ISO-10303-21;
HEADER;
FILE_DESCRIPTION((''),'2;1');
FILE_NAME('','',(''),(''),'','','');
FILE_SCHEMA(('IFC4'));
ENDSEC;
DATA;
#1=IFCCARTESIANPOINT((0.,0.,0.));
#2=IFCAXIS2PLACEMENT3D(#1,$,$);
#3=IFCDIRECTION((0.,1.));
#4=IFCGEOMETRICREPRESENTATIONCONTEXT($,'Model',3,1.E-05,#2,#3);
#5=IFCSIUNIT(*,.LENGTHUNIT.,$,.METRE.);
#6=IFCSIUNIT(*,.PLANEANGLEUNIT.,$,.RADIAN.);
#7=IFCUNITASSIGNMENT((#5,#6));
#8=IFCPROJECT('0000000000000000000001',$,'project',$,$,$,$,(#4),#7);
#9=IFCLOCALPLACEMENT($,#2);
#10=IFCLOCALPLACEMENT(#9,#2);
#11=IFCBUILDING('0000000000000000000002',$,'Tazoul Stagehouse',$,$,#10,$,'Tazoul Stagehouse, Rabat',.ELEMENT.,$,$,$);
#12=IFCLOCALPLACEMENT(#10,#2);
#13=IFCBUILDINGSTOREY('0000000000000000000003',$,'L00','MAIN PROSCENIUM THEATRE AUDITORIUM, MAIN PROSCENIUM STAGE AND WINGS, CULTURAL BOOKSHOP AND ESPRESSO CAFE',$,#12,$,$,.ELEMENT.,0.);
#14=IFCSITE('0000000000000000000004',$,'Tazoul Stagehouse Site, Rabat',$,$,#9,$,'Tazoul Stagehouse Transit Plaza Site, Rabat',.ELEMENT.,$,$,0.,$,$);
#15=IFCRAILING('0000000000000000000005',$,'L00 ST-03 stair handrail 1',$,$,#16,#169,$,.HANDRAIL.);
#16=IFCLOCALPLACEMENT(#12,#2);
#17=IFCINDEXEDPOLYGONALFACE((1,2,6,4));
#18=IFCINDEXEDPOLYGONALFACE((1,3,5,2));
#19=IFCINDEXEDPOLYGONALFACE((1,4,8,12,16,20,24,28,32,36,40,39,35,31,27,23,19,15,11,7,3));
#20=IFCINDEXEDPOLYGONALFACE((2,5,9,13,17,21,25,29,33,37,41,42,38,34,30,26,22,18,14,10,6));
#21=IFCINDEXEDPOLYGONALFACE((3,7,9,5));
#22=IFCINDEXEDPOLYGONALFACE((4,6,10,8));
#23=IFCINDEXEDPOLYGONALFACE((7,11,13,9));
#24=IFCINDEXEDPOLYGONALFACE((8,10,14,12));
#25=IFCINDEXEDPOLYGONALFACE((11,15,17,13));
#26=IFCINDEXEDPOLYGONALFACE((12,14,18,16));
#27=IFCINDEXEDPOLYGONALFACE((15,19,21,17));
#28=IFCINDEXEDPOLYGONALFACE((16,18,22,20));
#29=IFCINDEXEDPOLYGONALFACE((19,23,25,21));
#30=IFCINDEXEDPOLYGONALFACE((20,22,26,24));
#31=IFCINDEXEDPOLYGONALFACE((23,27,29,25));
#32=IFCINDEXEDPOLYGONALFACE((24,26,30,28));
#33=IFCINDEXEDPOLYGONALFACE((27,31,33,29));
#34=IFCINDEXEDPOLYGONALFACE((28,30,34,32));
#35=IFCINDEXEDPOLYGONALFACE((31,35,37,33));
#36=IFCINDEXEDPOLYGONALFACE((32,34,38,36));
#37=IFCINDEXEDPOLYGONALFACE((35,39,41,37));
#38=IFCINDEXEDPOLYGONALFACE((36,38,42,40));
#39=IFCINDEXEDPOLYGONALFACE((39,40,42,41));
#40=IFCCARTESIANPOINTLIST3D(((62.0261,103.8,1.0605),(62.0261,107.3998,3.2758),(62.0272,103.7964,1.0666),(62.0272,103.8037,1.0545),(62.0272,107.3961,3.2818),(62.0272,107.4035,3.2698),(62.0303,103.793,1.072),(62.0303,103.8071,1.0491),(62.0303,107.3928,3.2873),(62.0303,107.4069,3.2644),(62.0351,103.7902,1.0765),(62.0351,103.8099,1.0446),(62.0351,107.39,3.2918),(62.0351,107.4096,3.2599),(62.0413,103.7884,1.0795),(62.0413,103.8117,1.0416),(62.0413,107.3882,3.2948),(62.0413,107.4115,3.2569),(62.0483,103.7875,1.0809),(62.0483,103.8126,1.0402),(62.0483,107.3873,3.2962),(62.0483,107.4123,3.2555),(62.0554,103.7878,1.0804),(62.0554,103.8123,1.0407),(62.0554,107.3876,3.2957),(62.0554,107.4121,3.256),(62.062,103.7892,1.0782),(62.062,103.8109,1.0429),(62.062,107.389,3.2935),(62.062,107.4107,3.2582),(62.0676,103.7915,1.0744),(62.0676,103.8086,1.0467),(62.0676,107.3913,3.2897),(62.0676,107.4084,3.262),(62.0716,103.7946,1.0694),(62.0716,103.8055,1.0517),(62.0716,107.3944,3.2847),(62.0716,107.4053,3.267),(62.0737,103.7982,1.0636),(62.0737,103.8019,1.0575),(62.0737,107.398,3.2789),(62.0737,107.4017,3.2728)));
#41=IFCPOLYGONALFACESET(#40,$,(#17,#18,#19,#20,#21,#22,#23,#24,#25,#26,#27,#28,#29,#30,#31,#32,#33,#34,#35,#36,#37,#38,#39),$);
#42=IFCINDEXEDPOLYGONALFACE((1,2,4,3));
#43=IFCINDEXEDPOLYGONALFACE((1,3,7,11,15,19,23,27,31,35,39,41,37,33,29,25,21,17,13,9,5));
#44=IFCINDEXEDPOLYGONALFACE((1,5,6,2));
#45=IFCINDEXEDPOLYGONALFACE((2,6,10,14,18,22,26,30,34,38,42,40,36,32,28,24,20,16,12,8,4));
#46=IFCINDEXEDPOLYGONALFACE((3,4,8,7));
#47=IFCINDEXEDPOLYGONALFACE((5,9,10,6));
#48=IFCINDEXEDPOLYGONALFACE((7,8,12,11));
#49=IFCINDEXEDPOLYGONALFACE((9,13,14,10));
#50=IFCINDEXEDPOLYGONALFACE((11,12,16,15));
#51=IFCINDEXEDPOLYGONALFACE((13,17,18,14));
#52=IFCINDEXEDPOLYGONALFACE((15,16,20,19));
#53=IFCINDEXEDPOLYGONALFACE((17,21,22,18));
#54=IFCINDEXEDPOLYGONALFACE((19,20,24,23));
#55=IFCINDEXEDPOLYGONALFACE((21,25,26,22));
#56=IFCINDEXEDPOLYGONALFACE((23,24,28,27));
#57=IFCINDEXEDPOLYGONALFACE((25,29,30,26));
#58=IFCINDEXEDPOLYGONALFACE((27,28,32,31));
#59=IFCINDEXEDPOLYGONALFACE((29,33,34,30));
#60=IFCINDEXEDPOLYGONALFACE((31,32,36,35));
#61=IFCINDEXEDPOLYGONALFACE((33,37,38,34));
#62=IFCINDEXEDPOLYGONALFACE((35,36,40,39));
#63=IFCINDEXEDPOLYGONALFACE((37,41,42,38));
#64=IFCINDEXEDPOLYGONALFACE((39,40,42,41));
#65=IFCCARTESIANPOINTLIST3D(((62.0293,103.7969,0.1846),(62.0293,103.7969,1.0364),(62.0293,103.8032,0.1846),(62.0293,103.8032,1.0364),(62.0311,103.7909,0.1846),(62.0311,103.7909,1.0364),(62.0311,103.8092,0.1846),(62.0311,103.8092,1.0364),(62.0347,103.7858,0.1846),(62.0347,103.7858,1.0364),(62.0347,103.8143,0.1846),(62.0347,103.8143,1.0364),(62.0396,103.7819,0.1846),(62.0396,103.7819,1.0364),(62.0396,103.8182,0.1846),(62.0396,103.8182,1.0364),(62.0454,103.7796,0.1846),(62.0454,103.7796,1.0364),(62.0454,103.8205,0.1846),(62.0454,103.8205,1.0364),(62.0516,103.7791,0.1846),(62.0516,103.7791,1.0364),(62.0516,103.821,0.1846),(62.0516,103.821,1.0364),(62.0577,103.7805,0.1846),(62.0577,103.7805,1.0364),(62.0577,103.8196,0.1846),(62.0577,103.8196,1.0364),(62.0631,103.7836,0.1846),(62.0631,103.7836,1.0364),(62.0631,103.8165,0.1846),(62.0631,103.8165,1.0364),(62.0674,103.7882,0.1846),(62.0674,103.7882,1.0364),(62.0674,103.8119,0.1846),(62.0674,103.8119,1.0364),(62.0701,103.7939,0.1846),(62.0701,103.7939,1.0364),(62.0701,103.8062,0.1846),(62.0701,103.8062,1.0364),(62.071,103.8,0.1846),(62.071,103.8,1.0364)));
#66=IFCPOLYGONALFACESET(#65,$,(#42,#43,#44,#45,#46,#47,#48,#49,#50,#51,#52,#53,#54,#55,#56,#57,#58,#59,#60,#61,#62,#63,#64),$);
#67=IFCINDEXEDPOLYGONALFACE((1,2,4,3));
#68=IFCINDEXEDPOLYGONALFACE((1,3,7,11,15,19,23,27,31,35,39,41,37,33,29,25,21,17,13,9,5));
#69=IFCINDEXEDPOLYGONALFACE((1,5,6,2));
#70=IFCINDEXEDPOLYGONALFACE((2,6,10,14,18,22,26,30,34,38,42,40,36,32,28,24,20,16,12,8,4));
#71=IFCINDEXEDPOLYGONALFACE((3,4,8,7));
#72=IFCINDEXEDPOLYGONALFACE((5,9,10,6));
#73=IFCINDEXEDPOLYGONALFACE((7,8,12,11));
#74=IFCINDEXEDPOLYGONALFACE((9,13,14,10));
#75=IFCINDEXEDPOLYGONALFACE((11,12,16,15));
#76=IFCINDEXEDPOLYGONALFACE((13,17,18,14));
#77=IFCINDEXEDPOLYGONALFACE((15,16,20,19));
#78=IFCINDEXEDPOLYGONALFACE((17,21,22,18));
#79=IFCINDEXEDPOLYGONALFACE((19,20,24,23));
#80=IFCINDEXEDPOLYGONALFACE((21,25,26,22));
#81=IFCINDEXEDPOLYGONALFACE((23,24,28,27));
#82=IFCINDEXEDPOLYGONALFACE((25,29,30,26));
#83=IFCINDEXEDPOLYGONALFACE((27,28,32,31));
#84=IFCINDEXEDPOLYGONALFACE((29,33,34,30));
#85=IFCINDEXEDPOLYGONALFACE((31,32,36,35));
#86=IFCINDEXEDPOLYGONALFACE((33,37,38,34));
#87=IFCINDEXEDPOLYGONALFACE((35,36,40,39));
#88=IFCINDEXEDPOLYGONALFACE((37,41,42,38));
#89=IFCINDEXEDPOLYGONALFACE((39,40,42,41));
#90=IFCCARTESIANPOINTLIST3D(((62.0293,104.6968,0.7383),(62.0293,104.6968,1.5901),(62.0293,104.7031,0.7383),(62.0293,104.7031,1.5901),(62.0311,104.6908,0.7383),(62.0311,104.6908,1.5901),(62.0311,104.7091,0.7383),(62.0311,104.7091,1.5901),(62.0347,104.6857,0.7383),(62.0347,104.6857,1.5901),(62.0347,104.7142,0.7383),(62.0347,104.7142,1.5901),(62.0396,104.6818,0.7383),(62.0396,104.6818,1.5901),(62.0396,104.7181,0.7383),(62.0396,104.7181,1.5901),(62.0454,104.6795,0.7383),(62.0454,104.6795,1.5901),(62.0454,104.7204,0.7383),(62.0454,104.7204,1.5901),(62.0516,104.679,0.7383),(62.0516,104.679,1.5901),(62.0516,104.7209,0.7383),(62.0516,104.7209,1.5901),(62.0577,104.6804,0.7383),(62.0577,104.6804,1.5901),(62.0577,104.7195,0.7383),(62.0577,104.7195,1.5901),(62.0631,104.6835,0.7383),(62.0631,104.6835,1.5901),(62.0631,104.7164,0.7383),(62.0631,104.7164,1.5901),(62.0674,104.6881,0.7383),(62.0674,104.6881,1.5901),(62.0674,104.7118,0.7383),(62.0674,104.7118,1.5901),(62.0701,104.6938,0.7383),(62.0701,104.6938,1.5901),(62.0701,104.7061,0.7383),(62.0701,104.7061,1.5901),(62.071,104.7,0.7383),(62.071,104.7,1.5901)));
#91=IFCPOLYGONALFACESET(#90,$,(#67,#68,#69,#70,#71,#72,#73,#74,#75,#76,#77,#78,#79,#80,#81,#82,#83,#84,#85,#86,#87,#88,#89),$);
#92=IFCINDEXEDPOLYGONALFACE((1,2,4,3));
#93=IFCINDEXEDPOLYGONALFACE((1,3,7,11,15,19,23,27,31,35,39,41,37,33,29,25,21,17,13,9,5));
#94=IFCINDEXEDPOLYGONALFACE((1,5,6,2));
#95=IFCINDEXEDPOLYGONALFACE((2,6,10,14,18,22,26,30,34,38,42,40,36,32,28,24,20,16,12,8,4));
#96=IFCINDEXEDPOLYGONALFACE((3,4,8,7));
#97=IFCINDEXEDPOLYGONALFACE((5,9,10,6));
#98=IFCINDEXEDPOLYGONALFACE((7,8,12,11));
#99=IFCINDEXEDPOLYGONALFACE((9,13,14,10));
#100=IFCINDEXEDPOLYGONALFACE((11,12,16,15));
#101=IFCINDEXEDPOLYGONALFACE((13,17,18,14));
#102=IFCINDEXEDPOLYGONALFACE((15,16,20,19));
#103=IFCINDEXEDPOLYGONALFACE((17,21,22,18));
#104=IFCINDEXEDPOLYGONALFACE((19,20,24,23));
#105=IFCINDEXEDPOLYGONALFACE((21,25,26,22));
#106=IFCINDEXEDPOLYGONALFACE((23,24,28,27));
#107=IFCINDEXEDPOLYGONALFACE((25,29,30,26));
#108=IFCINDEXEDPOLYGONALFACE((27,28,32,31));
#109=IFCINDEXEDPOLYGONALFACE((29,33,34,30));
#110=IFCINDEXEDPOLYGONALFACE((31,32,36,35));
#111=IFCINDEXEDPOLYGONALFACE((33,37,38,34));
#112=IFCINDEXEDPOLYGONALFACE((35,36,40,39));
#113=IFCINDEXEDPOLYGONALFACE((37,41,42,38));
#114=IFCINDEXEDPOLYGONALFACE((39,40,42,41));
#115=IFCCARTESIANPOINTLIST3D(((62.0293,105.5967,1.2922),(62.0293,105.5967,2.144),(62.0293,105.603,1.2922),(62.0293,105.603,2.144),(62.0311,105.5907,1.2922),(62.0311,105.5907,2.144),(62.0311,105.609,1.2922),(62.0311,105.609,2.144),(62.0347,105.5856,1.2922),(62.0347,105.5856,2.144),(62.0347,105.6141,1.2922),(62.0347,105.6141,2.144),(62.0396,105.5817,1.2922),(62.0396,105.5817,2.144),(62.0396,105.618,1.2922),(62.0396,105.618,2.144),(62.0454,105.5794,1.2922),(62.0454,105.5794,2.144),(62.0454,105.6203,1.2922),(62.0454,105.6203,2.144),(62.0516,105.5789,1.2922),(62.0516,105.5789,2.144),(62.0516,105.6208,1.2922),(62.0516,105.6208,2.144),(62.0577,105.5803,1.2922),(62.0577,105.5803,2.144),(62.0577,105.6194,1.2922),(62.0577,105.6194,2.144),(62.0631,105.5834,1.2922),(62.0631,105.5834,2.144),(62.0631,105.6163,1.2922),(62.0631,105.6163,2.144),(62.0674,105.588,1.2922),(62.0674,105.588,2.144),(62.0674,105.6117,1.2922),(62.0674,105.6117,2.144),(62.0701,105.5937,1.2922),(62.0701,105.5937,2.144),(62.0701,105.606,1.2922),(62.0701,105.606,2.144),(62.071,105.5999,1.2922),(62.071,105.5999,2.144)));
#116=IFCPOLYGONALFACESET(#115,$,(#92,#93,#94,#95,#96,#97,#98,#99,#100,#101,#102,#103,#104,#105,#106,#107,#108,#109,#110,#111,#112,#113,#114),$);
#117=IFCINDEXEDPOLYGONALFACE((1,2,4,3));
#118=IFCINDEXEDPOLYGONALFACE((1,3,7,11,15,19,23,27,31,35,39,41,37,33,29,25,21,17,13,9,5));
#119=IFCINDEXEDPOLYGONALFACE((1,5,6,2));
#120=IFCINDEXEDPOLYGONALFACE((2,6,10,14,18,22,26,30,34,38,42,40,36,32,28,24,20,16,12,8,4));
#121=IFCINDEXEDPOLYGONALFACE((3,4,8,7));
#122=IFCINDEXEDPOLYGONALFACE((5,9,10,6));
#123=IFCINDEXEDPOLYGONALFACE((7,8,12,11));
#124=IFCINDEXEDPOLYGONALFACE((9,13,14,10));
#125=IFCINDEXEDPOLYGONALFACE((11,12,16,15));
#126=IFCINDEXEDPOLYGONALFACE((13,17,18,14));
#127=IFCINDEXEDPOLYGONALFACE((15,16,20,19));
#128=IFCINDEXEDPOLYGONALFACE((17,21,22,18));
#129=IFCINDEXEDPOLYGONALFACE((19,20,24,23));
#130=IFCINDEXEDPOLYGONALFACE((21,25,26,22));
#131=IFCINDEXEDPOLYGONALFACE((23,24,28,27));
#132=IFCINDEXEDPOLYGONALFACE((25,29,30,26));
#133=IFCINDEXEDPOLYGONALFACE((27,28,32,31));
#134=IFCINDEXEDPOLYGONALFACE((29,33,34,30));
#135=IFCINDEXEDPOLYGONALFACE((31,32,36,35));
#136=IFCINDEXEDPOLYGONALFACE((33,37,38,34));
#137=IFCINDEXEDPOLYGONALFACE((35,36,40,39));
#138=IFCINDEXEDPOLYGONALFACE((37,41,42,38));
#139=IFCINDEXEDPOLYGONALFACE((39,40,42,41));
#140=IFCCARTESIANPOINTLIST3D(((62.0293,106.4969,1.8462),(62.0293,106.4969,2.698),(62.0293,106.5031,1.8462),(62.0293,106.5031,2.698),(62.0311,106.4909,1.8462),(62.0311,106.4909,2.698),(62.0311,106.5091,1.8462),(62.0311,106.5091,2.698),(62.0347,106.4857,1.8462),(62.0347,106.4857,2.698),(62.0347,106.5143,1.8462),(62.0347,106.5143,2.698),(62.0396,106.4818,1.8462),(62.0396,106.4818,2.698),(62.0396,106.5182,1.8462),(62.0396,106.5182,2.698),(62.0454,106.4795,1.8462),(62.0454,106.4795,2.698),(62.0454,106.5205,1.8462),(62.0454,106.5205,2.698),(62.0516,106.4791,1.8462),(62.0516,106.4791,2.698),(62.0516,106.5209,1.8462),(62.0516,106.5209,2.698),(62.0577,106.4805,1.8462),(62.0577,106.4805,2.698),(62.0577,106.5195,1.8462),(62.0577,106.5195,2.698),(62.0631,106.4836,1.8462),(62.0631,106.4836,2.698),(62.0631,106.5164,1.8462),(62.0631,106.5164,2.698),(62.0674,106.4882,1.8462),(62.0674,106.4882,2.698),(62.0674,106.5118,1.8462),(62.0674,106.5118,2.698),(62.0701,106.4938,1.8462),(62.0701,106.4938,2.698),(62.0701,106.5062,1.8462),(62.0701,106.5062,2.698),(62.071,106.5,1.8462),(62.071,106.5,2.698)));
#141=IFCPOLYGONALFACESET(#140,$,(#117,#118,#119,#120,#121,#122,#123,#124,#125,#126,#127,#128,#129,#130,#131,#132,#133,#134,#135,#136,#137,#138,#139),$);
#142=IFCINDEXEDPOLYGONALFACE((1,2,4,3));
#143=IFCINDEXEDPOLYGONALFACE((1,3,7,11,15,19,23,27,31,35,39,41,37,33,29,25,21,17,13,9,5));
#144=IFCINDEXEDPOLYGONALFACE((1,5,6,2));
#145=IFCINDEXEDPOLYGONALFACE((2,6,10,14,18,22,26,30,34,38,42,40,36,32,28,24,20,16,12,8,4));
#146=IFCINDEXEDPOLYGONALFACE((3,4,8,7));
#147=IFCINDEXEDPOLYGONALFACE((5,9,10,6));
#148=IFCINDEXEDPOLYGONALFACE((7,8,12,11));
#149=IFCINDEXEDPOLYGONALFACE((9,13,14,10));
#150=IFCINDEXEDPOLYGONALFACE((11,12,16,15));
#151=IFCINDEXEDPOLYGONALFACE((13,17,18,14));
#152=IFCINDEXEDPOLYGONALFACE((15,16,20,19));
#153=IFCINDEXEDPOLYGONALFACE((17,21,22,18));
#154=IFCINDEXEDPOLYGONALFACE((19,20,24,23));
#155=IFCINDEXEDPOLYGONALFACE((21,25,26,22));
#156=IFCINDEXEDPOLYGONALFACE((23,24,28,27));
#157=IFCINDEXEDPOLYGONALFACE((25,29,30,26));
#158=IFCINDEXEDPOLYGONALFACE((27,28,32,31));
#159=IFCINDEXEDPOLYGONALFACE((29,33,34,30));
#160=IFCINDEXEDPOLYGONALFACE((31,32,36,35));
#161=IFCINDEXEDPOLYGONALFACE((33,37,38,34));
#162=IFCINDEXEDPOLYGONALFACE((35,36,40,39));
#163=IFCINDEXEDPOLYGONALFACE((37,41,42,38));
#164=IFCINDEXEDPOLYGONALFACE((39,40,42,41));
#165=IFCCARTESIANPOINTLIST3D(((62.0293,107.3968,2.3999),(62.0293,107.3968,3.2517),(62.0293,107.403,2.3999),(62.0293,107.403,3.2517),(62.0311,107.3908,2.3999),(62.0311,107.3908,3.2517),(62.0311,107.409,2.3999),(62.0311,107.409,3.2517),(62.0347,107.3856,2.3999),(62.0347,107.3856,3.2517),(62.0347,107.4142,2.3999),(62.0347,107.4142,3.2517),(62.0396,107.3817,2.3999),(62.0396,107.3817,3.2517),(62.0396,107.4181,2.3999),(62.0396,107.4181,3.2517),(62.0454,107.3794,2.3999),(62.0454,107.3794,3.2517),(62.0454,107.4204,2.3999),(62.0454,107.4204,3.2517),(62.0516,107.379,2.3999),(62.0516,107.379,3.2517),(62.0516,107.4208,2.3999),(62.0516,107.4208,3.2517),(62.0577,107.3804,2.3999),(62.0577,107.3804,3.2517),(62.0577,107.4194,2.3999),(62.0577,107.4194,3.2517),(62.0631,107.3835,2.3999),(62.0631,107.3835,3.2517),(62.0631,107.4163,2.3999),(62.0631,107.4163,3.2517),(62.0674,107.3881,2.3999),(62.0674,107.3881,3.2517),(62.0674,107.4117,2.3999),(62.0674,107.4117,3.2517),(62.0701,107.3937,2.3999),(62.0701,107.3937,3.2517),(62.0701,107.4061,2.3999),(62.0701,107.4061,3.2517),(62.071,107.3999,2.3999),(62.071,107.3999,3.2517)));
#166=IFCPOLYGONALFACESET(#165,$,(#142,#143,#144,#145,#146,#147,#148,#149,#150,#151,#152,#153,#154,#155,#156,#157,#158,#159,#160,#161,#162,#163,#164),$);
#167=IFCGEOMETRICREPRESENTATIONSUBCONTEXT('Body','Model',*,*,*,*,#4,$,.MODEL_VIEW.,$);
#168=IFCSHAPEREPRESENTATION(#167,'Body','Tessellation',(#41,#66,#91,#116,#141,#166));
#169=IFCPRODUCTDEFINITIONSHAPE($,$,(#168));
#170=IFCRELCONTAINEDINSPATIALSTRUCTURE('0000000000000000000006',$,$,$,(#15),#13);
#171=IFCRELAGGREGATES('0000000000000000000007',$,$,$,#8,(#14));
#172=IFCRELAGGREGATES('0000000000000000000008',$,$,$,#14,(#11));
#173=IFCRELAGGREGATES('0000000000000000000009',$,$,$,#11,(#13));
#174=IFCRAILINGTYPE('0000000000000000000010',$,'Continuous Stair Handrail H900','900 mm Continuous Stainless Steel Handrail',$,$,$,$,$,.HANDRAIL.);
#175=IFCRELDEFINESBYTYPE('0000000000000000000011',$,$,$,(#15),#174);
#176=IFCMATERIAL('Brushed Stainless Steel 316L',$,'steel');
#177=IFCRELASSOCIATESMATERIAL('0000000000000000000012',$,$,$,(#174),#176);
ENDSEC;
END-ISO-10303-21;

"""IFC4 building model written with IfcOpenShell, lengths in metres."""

from ifc_helpers import new_model, si_unit, direction, frame, origin, origin_2d, place, context, subcontext, project, spatial, circle, extrude, material, material_profile, profile_set, type_object, element, save


model = new_model("IFC4")

# Units and contexts
model_context = context("Model", 3, precision=1e-05, world=origin(), true_north=direction((0.0, 1.0)))
body_context = subcontext(model_context, "Body", "Model", "MODEL_VIEW")
ifc_project = project(units=[si_unit("LENGTHUNIT", "METRE"), si_unit("PLANEANGLEUNIT", "RADIAN")], contexts=[model_context])

# Site, building, storey
site_placement = place(None, origin())
site = spatial("IfcSite", under=ifc_project, at=site_placement, Name="Tazoul Stagehouse Site, Rabat", LongName="Tazoul Stagehouse Transit Plaza Site, Rabat", CompositionType="ELEMENT", RefElevation=0.0)
building_placement = place(site_placement, origin())
building = spatial("IfcBuilding", under=site, at=building_placement, Name="Tazoul Stagehouse", LongName="Tazoul Stagehouse, Rabat", CompositionType="ELEMENT")
storey_placement = place(building_placement, origin())
storey = spatial("IfcBuildingStorey", under=building, at=storey_placement, Name="L00", Description="MAIN PROSCENIUM THEATRE AUDITORIUM, MAIN PROSCENIUM STAGE AND WINGS, CULTURAL BOOKSHOP AND ESPRESSO CAFE", CompositionType="ELEMENT", Elevation=0.0)

# Railing
ifc_material_1 = material(Name="Brushed Stainless Steel 316L", Category="steel")
ifc_material_profile_1 = material_profile(ifc_material_1, circle(Radius=0.021, at=origin_2d()), Name="SS HANDRAIL D42")
ifc_profile_set_1 = profile_set([ifc_material_profile_1], Name="Brushed Stainless Steel 316L")
railing_type_1 = type_object("IfcRailingType", Name="Continuous Stair Handrail H900", Description="900 mm Continuous Stainless Steel Handrail", PredefinedType="HANDRAIL", material=ifc_profile_set_1)
railing_1_placement = place(storey_placement, frame((62.05, 103.8, 0.1846)))
element("IfcRailing", 1, at=railing_1_placement, inside=storey, type_object=railing_type_1, Name="L00 ST-03 stair handrail 1", PredefinedType="HANDRAIL", context=body_context, shape_type="SweptSolid", body=[
    extrude(circle(Radius=0.0239, at=origin_2d()), frame((0.0, 0.0, 0.876), z_axis=(0.0, 0.851654, 0.524104), x_axis=(-1.0, 0.0, 0.0)), (0.0, 0.0, 1.0), 4.2268),
    extrude(circle(Radius=0.021, at=origin_2d()), origin(), (0.0, 0.0, 1.0), 0.8518),
    extrude(circle(Radius=0.021, at=origin_2d()), frame((0.0, 0.8999, 0.5537)), (0.0, 0.0, 1.0), 0.8518),
    extrude(circle(Radius=0.021, at=origin_2d()), frame((0.0, 1.7998, 1.1077)), (0.0, 0.0, 1.0), 0.8518),
    extrude(circle(Radius=0.021, at=origin_2d()), frame((0.0, 2.7, 1.6616)), (0.0, 0.0, 1.0), 0.8518),
    extrude(circle(Radius=0.021, at=origin_2d()), frame((0.0, 3.5999, 2.2153)), (0.0, 0.0, 1.0), 0.8518),
])

save(model, "model.ifc")
